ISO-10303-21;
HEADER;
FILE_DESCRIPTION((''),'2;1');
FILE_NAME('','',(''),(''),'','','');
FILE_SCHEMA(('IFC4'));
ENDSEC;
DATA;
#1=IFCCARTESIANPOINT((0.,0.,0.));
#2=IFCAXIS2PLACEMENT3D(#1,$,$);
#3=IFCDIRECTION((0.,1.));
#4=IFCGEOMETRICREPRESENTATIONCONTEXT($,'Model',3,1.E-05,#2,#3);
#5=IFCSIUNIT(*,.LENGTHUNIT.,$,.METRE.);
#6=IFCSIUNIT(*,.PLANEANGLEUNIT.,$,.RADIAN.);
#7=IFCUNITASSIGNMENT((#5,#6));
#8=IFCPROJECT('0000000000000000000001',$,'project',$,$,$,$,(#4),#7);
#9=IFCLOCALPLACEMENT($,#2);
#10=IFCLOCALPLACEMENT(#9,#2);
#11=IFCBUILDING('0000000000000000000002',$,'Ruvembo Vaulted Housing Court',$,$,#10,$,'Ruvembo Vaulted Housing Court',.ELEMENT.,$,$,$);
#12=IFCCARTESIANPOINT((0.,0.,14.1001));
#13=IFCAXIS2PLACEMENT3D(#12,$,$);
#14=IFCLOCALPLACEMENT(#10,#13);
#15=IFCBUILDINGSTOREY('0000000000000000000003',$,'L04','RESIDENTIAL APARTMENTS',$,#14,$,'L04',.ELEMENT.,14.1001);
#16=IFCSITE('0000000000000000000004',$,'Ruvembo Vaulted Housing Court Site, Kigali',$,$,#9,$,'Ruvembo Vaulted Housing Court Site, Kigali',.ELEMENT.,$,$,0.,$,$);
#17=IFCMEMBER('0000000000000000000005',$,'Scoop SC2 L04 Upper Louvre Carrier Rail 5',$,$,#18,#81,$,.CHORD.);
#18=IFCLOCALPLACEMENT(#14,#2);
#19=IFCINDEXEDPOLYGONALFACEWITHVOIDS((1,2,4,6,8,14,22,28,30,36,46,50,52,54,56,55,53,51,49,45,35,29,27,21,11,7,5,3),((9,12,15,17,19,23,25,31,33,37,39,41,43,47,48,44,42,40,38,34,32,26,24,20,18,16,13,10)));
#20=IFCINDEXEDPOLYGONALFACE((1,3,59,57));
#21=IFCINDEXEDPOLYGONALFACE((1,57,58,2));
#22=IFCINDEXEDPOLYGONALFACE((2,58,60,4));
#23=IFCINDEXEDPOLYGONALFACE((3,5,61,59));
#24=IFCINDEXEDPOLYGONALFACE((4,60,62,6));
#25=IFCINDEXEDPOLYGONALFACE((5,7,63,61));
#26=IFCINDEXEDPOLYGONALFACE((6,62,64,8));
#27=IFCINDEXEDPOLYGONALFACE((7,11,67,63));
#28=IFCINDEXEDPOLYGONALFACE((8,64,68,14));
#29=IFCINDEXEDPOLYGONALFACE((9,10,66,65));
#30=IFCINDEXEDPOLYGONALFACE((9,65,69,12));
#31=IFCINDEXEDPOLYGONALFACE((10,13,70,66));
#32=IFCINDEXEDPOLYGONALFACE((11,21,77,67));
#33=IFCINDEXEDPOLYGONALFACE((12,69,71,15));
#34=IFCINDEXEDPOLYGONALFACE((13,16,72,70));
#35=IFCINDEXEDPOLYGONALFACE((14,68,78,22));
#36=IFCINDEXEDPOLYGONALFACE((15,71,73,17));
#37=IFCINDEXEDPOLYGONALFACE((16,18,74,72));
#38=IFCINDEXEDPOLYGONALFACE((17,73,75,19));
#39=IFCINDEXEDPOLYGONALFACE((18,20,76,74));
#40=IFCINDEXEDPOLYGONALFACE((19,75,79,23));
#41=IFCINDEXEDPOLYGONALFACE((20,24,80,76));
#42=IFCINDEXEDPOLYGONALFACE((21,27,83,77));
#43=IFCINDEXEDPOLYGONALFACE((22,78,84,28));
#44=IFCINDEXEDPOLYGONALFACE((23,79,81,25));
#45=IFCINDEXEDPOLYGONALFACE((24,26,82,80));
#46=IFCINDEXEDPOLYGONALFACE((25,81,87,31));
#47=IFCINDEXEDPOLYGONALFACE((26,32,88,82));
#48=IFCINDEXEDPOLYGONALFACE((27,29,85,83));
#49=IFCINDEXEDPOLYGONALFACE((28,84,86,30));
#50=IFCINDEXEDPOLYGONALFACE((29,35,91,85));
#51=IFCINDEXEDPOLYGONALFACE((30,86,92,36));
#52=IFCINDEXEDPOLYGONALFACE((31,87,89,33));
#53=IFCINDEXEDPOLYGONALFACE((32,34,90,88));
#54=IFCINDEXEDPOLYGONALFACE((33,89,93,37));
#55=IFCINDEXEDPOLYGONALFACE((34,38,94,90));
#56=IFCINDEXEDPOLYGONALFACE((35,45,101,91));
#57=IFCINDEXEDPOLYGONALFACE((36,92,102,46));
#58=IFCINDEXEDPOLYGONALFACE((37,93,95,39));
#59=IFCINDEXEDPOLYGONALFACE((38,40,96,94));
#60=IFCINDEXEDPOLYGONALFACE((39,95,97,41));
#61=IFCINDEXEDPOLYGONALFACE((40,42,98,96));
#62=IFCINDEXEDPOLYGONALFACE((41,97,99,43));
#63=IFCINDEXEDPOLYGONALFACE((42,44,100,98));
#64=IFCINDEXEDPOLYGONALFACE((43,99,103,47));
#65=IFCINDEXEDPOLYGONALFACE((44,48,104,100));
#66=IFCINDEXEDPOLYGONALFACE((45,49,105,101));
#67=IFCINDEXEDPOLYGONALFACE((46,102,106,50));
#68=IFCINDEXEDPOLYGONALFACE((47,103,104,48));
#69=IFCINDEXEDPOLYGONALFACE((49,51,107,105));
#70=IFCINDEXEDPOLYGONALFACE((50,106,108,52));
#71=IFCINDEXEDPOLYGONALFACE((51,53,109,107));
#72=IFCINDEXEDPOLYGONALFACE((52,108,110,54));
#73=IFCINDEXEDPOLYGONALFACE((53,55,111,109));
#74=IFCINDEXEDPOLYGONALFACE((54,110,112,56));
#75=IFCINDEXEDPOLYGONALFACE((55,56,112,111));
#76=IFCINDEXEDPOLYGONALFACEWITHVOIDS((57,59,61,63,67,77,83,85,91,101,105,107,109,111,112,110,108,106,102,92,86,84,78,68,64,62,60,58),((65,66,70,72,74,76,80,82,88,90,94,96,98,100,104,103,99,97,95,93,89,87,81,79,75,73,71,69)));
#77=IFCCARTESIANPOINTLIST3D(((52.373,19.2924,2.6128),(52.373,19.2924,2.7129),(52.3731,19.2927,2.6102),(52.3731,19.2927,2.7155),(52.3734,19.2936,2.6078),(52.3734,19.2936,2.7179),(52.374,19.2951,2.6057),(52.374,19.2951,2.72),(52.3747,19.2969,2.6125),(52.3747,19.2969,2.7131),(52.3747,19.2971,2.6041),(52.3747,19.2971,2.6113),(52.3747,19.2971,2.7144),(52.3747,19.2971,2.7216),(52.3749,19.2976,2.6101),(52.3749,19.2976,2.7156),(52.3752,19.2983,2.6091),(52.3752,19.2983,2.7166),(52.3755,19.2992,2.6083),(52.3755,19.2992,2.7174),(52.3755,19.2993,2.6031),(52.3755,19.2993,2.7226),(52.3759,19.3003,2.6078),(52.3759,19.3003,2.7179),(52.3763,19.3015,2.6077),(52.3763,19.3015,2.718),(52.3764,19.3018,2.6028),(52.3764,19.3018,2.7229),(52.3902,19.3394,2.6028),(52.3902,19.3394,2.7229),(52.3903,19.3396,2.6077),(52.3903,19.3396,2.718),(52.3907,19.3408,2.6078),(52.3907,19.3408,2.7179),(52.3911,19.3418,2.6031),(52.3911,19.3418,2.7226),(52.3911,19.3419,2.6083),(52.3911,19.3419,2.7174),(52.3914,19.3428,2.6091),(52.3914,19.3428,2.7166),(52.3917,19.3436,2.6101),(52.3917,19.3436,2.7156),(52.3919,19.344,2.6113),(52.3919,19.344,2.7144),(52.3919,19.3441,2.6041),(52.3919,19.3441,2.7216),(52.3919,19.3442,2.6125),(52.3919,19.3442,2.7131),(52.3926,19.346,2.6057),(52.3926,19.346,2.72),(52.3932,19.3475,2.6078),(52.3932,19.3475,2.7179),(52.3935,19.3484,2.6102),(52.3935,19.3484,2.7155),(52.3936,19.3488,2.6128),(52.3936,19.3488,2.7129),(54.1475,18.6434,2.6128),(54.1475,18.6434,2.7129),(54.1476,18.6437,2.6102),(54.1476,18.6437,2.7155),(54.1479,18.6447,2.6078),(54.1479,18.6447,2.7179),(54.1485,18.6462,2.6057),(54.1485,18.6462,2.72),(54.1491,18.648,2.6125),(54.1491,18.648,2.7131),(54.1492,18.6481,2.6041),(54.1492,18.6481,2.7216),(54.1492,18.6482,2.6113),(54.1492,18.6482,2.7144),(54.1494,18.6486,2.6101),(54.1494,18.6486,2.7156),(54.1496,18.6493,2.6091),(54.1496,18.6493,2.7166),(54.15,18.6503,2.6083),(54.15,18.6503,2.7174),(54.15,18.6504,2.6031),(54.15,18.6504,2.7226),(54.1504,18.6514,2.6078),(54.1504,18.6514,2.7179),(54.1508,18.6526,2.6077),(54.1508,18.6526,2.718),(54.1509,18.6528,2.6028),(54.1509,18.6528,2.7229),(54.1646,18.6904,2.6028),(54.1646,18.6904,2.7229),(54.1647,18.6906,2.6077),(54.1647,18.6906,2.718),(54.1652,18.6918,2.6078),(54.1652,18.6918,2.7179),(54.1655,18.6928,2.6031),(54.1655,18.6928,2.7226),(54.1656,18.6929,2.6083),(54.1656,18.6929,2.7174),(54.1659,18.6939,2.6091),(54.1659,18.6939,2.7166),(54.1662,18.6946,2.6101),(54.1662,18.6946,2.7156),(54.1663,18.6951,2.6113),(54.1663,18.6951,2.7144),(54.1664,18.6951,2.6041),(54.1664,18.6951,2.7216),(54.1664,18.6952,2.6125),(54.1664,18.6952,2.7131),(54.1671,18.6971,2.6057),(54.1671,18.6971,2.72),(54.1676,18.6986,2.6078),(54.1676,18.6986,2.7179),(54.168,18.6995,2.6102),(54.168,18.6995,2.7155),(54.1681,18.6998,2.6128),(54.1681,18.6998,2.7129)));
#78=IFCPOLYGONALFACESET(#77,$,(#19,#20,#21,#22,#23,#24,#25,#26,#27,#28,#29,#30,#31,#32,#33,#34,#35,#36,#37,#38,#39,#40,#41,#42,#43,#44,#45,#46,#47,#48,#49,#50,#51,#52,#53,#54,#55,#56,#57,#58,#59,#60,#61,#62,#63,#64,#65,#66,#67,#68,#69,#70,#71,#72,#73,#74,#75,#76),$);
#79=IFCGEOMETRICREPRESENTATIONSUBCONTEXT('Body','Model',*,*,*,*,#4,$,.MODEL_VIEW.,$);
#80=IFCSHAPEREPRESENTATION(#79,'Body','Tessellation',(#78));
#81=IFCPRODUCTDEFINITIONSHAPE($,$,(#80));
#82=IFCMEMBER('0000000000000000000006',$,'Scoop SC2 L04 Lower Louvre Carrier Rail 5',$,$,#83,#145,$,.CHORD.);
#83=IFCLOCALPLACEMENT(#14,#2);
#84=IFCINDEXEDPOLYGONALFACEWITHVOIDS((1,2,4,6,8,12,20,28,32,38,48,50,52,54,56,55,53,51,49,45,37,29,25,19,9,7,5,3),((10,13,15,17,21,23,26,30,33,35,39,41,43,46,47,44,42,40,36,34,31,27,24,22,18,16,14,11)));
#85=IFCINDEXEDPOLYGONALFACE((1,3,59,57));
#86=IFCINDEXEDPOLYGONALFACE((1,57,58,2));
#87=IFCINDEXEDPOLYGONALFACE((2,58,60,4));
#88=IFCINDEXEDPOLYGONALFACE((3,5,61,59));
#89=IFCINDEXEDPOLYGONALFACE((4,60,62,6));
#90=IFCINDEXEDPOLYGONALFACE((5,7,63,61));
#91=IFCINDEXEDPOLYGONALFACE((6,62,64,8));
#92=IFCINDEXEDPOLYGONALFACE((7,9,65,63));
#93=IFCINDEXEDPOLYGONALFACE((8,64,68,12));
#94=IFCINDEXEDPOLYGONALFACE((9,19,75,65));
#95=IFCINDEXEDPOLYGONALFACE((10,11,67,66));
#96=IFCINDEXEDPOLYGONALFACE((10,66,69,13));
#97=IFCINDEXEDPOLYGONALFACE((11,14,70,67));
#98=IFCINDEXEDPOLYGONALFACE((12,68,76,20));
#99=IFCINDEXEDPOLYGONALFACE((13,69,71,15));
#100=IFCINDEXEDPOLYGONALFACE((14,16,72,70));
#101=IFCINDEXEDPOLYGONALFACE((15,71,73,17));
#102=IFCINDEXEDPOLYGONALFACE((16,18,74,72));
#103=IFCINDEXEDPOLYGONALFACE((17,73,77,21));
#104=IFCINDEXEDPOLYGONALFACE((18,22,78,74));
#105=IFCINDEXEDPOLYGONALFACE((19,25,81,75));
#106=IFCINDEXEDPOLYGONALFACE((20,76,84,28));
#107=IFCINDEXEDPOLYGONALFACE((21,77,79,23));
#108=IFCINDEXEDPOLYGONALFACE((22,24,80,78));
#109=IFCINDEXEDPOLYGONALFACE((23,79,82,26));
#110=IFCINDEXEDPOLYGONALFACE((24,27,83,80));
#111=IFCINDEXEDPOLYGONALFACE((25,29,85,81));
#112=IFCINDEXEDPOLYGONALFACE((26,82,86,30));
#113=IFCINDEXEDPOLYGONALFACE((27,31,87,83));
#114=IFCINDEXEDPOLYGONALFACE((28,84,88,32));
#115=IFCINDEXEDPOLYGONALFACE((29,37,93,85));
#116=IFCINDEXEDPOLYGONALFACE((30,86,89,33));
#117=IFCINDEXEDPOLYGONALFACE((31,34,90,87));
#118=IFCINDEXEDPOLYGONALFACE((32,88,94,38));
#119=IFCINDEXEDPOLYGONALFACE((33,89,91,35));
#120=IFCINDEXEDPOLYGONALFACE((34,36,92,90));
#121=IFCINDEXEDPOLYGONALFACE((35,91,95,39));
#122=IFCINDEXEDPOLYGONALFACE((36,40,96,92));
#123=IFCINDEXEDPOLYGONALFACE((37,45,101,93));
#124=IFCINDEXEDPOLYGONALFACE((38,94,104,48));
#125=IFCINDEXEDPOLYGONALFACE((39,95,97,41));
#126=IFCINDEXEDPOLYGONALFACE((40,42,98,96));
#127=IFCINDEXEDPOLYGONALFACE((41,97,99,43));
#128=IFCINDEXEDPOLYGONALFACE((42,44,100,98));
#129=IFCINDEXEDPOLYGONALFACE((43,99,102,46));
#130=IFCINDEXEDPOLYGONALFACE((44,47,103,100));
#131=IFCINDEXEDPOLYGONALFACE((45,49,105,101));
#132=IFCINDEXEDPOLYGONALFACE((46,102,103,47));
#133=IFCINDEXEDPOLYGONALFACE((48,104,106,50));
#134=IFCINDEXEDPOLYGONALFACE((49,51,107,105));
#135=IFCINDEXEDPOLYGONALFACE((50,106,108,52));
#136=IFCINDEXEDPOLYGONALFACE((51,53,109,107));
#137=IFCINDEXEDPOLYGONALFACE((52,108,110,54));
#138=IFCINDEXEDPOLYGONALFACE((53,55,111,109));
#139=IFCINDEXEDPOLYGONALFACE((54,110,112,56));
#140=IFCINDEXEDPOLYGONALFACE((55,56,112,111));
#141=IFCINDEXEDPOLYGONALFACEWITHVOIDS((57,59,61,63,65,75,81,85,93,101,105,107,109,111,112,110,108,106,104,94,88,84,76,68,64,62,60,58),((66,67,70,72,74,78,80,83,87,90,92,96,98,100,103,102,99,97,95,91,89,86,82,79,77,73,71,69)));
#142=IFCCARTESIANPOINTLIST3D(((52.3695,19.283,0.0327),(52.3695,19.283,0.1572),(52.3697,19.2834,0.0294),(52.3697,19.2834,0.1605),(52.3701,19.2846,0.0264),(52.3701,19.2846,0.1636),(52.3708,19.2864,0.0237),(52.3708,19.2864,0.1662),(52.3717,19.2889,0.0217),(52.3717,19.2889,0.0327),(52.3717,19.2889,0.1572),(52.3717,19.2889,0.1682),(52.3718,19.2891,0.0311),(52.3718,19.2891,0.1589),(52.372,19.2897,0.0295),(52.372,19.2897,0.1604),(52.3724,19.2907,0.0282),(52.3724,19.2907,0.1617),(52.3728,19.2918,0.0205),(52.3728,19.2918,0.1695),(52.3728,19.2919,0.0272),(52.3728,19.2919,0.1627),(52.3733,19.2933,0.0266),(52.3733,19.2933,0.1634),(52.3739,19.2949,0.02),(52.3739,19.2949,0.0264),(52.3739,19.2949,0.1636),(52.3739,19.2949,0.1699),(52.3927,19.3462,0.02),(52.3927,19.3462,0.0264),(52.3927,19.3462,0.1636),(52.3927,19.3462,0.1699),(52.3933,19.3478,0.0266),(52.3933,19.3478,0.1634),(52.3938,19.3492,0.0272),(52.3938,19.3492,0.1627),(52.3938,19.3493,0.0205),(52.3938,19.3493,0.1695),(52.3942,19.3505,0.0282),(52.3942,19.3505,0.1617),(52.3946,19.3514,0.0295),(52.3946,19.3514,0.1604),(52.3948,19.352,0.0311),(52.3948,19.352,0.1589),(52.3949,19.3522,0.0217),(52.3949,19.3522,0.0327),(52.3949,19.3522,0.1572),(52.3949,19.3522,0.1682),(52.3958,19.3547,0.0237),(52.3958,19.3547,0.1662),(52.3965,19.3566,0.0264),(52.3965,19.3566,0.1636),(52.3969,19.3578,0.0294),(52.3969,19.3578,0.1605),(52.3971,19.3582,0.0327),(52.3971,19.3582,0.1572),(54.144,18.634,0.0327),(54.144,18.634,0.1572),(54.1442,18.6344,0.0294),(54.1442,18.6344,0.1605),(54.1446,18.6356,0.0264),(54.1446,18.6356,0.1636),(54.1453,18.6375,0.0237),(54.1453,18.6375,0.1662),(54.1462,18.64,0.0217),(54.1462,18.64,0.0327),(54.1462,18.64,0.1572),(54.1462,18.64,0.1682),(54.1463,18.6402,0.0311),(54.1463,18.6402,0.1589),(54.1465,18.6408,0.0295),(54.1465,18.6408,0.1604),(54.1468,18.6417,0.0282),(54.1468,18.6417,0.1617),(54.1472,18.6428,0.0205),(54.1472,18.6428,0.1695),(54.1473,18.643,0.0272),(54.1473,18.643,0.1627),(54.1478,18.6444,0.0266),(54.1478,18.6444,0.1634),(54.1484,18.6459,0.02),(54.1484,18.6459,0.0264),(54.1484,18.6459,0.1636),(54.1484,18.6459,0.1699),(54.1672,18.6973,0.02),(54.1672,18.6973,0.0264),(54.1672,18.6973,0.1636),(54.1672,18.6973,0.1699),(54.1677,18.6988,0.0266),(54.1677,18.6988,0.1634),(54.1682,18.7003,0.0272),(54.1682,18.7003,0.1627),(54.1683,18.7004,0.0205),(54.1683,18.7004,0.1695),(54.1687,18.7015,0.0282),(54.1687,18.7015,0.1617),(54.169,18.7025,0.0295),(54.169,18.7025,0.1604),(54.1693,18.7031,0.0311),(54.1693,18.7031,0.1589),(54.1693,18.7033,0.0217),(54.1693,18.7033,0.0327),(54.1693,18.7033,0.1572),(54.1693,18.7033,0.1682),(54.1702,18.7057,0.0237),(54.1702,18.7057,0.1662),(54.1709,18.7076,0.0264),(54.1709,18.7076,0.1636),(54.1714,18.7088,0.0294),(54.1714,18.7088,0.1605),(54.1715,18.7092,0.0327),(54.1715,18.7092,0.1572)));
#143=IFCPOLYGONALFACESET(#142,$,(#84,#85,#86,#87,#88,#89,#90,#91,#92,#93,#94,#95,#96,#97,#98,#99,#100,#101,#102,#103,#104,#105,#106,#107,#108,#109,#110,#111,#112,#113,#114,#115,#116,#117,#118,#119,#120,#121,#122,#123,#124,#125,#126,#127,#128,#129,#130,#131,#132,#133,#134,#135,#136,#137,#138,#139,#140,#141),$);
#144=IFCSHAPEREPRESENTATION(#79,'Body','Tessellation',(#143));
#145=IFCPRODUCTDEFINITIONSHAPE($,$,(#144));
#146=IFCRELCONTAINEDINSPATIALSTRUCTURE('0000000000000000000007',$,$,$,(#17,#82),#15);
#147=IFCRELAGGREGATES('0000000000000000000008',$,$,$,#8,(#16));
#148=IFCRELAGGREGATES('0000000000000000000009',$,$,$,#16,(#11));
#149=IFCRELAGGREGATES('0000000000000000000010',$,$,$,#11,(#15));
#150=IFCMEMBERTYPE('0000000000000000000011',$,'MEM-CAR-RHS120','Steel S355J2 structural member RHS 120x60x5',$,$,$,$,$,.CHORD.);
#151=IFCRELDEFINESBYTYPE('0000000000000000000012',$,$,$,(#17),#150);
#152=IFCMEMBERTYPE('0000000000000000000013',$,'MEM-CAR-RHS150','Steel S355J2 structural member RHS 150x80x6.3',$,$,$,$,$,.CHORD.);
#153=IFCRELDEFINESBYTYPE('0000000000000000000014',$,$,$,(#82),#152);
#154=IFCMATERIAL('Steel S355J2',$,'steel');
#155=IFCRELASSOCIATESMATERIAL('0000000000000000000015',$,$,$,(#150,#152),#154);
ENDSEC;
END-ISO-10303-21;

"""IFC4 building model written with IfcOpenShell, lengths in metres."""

from ifc_helpers import new_model, si_unit, direction, frame, origin, origin_2d, place, context, subcontext, project, spatial, hollow_rectangle, extrude, material, material_profile, profile_set, type_object, element, save


model = new_model("IFC4")

# Units and contexts
model_context = context("Model", 3, precision=1e-05, world=origin(), true_north=direction((0.0, 1.0)))
body_context = subcontext(model_context, "Body", "Model", "MODEL_VIEW")
ifc_project = project(units=[si_unit("LENGTHUNIT", "METRE"), si_unit("PLANEANGLEUNIT", "RADIAN")], contexts=[model_context])

# Site, building, storey
site_placement = place(None, origin())
site = spatial("IfcSite", under=ifc_project, at=site_placement, Name="Ruvembo Vaulted Housing Court Site, Kigali", LongName="Ruvembo Vaulted Housing Court Site, Kigali", CompositionType="ELEMENT", RefElevation=0.0)
building_placement = place(site_placement, origin())
building = spatial("IfcBuilding", under=site, at=building_placement, Name="Ruvembo Vaulted Housing Court", LongName="Ruvembo Vaulted Housing Court", CompositionType="ELEMENT")
storey_placement = place(building_placement, frame((0.0, 0.0, 14.1001)))
storey = spatial("IfcBuildingStorey", under=building, at=storey_placement, Name="L04", Description="RESIDENTIAL APARTMENTS", LongName="L04", CompositionType="ELEMENT", Elevation=14.1001)

# Shared definitions
ifc_material_1 = material(Name="Steel S355J2", Category="steel")

# Members
ifc_material_profile_1 = material_profile(ifc_material_1, hollow_rectangle(XDim=0.0601, YDim=0.1201, WallThickness=0.0049, InnerFilletRadius=0.0049, OuterFilletRadius=0.01, at=origin_2d()), Name="RHS 120x60x5")
ifc_profile_set_1 = profile_set([ifc_material_profile_1], Name="Steel S355J2")
member_type_1 = type_object("IfcMemberType", Name="MEM-CAR-RHS120", Description="Steel S355J2 structural member RHS 120x60x5", PredefinedType="CHORD", material=ifc_profile_set_1)
member_1_placement = place(storey_placement, frame((52.3833, 19.3206, 2.6628), z_axis=(0.939166, -0.343465, 0.0), x_axis=(0.343465, 0.939166, 0.0)))
element("IfcMember", 1, at=member_1_placement, inside=storey, type_object=member_type_1, Name="Scoop SC2 L04 Upper Louvre Carrier Rail 5", PredefinedType="CHORD", context=body_context, shape_type="SweptSolid", body=[
    extrude(hollow_rectangle(XDim=0.0601, YDim=0.1201, WallThickness=0.0049, InnerFilletRadius=0.0049, OuterFilletRadius=0.01, at=origin_2d()), origin(), (0.0, 0.0, 1.0), 1.8894),
])
ifc_material_profile_2 = material_profile(ifc_material_1, hollow_rectangle(XDim=0.0801, YDim=0.1499, WallThickness=0.0063, InnerFilletRadius=0.0063, OuterFilletRadius=0.0127, at=origin_2d()), Name="RHS 150x80x6.3")
ifc_profile_set_2 = profile_set([ifc_material_profile_2], Name="Steel S355J2")
member_type_2 = type_object("IfcMemberType", Name="MEM-CAR-RHS150", Description="Steel S355J2 structural member RHS 150x80x6.3", PredefinedType="CHORD", material=ifc_profile_set_2)
member_2_placement = place(storey_placement, frame((52.3833, 19.3206, 0.095), z_axis=(0.939166, -0.343465, 0.0), x_axis=(0.343465, 0.939166, 0.0)))
element("IfcMember", 2, at=member_2_placement, inside=storey, type_object=member_type_2, Name="Scoop SC2 L04 Lower Louvre Carrier Rail 5", PredefinedType="CHORD", context=body_context, shape_type="SweptSolid", body=[
    extrude(hollow_rectangle(XDim=0.0801, YDim=0.1499, WallThickness=0.0063, InnerFilletRadius=0.0063, OuterFilletRadius=0.0127, at=origin_2d()), origin(), (0.0, 0.0, 1.0), 1.8894),
])

save(model, "model.ifc")
